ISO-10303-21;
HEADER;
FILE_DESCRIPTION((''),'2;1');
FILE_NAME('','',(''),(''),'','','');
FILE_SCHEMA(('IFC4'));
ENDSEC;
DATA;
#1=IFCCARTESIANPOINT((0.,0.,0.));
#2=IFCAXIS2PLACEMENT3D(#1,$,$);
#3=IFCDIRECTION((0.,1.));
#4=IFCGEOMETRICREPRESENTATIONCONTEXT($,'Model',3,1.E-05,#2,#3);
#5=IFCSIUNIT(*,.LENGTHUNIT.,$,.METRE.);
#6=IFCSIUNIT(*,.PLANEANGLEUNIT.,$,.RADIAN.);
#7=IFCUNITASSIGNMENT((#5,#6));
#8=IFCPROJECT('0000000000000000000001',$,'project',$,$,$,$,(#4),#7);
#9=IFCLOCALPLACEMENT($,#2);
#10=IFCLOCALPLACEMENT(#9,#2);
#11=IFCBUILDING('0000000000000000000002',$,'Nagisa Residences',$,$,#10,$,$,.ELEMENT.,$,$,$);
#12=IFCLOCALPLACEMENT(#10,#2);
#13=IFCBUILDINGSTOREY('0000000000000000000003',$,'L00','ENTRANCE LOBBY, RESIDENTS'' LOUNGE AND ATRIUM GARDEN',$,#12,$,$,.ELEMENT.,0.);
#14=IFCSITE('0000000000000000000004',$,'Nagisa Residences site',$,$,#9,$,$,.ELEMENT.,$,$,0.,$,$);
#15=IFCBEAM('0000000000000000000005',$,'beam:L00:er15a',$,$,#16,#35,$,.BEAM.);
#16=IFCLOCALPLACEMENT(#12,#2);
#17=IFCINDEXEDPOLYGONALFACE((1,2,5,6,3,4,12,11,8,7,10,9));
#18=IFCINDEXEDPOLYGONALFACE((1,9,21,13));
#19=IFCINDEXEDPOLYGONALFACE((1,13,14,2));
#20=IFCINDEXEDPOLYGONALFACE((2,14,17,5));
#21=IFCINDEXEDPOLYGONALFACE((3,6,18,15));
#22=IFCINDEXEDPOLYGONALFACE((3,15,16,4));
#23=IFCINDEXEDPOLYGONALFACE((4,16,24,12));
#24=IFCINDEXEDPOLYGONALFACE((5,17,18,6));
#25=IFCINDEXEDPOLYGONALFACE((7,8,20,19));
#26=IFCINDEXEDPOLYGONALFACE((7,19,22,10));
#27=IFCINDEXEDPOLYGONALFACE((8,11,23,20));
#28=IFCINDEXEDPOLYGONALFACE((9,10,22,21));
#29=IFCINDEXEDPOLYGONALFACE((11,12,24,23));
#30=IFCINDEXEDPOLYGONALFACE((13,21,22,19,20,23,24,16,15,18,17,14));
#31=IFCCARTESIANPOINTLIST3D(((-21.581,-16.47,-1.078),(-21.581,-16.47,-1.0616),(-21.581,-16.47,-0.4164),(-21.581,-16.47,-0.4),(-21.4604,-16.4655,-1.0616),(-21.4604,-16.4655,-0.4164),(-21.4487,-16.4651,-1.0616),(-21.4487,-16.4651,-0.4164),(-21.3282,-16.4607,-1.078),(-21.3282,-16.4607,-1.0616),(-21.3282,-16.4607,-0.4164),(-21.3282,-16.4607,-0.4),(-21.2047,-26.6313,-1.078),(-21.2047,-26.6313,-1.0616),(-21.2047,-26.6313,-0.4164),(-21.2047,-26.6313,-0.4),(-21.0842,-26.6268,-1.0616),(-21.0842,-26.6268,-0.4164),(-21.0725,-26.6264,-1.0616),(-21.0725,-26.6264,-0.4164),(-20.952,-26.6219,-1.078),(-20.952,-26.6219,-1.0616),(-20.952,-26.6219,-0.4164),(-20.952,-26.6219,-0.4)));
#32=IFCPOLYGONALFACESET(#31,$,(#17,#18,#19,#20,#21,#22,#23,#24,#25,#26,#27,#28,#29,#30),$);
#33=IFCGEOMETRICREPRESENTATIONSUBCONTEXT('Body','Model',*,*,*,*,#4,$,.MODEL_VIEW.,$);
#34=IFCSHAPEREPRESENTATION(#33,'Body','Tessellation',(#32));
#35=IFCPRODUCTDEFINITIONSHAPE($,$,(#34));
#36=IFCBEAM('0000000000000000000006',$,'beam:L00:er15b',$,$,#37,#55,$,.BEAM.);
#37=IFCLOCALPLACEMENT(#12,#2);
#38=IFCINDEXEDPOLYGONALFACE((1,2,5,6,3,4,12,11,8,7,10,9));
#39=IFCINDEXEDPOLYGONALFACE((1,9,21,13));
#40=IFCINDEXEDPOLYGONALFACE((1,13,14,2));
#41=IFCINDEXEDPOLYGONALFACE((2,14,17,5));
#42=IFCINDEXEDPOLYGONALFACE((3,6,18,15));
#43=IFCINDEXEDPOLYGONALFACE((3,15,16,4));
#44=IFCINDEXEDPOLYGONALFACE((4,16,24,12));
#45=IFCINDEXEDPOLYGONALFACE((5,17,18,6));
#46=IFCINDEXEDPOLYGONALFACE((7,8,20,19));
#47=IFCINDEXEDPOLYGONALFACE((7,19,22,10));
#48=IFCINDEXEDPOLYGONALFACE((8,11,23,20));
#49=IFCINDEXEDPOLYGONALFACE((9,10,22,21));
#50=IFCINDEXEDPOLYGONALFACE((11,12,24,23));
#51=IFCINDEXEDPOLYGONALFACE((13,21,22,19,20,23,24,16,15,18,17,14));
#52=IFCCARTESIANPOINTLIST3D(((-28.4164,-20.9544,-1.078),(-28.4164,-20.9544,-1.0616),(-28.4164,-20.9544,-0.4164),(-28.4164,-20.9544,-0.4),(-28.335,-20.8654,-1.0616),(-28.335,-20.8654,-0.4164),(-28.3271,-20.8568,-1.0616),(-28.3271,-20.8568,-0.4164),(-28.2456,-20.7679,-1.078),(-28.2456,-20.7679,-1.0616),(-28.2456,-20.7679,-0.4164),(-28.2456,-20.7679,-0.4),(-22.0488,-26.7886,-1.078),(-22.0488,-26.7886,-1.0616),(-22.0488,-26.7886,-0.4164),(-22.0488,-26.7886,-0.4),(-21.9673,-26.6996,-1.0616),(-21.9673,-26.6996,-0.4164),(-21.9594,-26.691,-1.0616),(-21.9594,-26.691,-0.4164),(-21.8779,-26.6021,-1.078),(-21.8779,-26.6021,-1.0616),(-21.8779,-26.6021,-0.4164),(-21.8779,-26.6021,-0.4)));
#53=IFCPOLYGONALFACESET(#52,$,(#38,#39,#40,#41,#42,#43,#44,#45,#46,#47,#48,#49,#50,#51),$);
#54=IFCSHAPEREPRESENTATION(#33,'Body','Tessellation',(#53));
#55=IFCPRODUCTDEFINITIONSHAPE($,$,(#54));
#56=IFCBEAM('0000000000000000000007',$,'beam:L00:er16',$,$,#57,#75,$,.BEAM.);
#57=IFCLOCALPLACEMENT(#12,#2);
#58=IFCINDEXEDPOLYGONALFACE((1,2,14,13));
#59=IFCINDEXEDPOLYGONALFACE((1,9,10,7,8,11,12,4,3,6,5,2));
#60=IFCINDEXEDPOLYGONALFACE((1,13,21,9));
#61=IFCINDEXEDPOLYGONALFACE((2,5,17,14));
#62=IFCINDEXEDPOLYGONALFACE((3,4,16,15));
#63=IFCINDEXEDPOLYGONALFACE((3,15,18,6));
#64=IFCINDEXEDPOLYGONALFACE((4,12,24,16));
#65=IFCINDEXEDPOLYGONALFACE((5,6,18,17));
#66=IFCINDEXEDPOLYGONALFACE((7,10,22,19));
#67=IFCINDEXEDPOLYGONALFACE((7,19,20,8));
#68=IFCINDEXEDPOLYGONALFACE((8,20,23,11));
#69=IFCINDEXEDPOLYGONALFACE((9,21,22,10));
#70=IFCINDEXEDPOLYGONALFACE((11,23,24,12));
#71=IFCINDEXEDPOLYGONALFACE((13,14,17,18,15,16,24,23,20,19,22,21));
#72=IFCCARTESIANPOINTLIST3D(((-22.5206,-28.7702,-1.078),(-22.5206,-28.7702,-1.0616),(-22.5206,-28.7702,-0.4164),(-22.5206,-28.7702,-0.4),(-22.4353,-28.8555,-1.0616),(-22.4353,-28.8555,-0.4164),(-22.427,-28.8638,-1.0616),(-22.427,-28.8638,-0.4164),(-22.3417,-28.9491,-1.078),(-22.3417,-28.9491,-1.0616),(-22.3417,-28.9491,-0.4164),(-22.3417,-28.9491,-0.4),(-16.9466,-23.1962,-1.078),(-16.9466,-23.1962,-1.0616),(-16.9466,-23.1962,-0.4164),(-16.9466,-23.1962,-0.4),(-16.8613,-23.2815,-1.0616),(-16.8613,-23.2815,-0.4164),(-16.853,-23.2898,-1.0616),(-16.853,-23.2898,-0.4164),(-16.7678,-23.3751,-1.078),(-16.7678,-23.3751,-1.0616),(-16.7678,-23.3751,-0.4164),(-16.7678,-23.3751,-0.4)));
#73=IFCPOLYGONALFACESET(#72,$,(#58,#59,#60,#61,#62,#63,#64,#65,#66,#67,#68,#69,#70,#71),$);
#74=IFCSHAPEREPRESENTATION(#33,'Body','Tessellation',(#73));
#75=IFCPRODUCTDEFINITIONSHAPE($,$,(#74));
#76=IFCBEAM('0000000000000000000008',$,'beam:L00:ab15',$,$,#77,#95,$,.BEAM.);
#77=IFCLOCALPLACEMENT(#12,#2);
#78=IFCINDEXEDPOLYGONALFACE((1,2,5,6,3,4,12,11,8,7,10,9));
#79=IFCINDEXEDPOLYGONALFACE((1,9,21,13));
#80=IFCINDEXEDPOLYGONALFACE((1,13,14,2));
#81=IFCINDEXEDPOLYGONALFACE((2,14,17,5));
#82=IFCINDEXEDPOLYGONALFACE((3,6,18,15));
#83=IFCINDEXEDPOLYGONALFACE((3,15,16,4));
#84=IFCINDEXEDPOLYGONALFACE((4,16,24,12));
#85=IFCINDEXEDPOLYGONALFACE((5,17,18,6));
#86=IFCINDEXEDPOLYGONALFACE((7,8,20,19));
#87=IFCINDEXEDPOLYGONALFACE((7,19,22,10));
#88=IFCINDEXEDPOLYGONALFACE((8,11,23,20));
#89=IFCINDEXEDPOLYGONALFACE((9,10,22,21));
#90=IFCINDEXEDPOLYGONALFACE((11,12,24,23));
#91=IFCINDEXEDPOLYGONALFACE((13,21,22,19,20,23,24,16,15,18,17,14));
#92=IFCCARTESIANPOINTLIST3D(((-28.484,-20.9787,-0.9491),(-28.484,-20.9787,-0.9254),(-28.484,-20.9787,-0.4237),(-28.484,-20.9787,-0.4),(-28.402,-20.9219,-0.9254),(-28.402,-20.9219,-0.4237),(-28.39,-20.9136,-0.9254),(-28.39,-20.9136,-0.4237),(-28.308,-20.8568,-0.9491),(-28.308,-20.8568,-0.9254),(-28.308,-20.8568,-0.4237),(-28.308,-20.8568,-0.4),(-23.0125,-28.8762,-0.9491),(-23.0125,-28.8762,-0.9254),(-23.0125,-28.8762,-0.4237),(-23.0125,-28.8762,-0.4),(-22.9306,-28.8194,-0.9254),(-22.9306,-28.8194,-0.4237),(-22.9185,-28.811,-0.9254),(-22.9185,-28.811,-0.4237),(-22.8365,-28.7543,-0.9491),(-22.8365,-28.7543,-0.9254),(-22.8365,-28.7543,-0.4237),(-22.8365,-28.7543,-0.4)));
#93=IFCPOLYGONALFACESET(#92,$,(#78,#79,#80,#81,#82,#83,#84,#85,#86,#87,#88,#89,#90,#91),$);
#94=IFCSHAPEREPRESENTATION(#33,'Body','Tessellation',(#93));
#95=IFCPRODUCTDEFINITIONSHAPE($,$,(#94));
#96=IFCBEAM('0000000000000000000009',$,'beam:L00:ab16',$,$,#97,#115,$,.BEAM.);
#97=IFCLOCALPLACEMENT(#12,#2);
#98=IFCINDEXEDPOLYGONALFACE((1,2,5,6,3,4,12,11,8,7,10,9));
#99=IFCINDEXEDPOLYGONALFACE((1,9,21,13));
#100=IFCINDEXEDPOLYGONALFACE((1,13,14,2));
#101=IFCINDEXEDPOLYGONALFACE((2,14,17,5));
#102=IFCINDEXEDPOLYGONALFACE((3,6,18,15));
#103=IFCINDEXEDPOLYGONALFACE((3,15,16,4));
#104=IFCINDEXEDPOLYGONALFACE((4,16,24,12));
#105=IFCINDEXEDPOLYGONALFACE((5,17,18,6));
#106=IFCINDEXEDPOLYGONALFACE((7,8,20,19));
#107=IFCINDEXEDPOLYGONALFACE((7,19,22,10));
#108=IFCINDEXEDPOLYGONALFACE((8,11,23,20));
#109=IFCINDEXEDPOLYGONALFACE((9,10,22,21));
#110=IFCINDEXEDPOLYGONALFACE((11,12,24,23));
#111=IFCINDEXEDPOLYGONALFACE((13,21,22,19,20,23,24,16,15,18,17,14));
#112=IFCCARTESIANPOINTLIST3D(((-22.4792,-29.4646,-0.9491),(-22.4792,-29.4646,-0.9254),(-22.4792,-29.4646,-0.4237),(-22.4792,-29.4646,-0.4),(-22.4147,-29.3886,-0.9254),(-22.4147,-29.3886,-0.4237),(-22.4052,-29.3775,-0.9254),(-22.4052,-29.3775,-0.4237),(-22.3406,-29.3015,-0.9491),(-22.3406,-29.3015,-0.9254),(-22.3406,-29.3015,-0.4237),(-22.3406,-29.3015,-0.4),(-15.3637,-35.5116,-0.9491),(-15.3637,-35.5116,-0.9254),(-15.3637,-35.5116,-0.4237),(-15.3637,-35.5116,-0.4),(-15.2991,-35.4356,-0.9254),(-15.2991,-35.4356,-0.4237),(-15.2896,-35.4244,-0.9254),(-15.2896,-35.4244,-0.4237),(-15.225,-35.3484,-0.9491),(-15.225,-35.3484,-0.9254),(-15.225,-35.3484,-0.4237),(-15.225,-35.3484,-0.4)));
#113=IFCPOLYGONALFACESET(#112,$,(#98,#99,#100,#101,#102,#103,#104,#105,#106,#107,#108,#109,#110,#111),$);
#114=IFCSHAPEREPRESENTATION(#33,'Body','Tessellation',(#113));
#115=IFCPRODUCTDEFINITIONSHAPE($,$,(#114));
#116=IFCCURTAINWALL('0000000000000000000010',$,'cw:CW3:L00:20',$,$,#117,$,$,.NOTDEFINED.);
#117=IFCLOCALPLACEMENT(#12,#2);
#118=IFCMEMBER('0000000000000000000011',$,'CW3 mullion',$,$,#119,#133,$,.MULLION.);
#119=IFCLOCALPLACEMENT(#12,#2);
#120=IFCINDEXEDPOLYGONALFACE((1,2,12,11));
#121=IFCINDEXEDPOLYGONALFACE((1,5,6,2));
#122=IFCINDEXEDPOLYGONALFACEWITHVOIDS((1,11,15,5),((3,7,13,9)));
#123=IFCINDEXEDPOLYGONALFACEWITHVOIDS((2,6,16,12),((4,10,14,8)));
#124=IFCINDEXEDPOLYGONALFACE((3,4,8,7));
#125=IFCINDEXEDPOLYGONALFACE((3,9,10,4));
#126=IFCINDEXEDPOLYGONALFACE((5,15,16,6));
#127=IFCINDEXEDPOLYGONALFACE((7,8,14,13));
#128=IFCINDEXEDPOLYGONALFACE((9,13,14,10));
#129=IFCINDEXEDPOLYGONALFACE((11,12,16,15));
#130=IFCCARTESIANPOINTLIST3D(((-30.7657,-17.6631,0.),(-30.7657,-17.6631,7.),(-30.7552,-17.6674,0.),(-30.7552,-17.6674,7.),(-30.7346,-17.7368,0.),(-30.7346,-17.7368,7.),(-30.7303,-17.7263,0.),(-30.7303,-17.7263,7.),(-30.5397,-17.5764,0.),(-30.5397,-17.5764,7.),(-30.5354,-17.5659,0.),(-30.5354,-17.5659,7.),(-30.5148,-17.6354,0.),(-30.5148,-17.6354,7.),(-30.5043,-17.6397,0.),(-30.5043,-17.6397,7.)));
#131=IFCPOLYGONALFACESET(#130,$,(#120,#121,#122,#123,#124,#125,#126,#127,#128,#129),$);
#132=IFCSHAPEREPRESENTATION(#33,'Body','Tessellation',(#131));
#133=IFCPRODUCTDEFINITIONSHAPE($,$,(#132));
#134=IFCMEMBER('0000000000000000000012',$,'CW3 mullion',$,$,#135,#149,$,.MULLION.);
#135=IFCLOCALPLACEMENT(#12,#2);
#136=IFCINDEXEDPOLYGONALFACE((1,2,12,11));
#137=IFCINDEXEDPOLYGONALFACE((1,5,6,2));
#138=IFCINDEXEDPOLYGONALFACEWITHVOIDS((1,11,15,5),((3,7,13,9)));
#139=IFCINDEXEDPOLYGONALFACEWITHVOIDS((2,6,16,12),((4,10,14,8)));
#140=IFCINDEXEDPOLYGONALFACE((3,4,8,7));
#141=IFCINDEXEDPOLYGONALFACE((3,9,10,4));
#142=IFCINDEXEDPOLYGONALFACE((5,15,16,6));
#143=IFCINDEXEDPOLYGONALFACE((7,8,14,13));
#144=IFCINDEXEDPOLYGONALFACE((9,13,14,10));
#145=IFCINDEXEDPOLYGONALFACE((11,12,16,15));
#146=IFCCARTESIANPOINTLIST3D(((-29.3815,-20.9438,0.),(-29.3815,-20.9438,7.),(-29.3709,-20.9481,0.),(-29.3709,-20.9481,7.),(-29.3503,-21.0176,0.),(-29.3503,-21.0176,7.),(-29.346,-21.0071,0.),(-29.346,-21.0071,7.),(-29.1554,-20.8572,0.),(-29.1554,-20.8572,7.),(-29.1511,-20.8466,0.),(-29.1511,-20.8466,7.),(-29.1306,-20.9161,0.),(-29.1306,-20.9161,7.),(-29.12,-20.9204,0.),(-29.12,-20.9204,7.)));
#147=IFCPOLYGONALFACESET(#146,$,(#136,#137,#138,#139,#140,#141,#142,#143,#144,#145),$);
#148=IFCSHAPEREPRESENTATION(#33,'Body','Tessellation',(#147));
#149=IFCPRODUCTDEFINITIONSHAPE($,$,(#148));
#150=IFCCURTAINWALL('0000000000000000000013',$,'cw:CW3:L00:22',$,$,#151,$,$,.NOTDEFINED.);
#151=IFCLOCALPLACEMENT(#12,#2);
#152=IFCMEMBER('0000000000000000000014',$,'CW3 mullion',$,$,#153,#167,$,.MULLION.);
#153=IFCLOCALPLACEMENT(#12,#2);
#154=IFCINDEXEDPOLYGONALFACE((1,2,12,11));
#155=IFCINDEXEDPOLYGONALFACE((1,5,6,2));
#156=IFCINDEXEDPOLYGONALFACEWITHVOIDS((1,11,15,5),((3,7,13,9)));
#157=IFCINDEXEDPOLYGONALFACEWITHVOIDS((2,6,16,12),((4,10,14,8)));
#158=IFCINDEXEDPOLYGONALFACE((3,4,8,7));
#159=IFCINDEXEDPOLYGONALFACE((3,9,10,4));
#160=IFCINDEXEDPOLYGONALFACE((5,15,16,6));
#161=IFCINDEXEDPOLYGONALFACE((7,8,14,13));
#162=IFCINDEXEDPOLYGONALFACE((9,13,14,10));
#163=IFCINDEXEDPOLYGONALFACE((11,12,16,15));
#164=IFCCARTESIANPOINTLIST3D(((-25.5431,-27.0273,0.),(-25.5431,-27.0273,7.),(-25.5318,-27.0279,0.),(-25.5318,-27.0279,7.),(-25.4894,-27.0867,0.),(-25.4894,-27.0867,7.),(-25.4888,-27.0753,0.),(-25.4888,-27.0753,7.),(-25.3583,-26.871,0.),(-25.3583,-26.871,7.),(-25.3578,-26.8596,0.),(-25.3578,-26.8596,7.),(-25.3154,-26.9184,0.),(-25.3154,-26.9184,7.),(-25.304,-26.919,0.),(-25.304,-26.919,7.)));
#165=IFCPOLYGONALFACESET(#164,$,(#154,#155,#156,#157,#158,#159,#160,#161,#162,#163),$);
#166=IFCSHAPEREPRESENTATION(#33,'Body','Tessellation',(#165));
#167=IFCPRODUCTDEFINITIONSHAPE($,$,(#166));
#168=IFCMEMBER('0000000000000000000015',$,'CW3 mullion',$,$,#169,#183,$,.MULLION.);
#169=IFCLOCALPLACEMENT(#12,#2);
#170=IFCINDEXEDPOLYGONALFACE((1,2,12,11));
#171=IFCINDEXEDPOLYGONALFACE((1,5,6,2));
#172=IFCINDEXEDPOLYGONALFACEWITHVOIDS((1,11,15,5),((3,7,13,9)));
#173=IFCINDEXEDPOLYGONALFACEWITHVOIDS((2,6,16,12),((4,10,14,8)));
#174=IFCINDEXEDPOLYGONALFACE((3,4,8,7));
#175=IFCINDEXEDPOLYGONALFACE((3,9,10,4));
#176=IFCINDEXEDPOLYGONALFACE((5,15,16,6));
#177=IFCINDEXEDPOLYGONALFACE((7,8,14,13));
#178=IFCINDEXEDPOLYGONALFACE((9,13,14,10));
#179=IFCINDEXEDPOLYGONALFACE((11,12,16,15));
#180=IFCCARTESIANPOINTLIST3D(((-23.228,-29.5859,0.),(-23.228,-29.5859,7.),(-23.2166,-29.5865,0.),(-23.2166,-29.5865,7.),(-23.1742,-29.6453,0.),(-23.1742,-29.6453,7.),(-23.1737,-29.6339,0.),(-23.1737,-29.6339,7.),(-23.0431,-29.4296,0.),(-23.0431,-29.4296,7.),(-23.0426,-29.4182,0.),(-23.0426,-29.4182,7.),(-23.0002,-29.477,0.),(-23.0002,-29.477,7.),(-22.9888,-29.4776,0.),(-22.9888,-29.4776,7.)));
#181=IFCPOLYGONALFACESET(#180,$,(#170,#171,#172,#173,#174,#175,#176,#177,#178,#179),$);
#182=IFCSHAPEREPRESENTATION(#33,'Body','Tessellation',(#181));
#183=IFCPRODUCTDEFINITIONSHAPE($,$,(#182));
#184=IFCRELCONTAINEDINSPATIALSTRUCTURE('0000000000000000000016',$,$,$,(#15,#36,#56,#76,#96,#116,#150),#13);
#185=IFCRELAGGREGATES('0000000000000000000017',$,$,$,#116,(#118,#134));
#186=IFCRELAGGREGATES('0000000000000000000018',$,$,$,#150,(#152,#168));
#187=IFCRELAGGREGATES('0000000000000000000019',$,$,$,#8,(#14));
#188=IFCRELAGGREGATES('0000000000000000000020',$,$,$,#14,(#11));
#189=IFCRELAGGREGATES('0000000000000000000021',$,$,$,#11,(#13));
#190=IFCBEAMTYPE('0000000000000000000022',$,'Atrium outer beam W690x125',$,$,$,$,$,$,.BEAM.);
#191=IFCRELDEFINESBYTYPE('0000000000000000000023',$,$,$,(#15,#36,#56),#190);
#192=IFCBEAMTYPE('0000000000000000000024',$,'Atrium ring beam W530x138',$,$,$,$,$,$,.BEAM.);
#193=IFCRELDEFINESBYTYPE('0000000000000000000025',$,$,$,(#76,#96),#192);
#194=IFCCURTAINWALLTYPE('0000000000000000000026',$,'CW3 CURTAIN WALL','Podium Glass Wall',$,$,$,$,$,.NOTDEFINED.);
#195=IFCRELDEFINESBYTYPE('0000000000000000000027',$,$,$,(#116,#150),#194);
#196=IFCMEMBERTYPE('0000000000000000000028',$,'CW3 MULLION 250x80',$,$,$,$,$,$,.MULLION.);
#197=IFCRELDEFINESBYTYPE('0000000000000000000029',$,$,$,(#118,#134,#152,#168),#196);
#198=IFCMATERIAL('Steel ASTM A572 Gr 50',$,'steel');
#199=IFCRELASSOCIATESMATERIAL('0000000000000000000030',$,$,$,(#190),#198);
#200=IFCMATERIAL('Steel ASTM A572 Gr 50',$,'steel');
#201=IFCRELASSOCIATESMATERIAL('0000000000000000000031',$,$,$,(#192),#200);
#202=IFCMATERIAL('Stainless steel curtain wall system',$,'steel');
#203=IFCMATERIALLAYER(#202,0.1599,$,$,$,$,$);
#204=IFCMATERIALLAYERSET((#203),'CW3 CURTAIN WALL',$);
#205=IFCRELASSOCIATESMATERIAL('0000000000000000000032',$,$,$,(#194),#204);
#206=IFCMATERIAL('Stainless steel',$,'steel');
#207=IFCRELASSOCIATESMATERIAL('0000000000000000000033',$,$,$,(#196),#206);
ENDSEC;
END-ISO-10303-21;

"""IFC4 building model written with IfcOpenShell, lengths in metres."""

from ifc_helpers import new_model, si_unit, direction, frame, origin, origin_2d, place, context, subcontext, project, spatial, hollow_rectangle, i_section, extrude, material, layer, layer_set, material_profile, profile_set, type_object, element, aggregate, save


model = new_model("IFC4")

# Units and contexts
model_context = context("Model", 3, precision=1e-05, world=origin(), true_north=direction((0.0, 1.0)))
body_context = subcontext(model_context, "Body", "Model", "MODEL_VIEW")
ifc_project = project(units=[si_unit("LENGTHUNIT", "METRE"), si_unit("PLANEANGLEUNIT", "RADIAN")], contexts=[model_context])

# Site, building, storey
site_placement = place(None, origin())
site = spatial("IfcSite", under=ifc_project, at=site_placement, Name="Nagisa Residences site", CompositionType="ELEMENT", RefElevation=0.0)
building_placement = place(site_placement, origin())
building = spatial("IfcBuilding", under=site, at=building_placement, Name="Nagisa Residences", CompositionType="ELEMENT")
storey_placement = place(building_placement, origin())
storey = spatial("IfcBuildingStorey", under=building, at=storey_placement, Name="L00", Description="ENTRANCE LOBBY, RESIDENTS' LOUNGE AND ATRIUM GARDEN", CompositionType="ELEMENT", Elevation=0.0)

# Beams
ifc_material_1 = material(Name="Steel ASTM A572 Gr 50", Category="steel")
ifc_material_profile_1 = material_profile(ifc_material_1, i_section(OverallWidth=0.2529, OverallDepth=0.678, WebThickness=0.0117, FlangeThickness=0.0164, at=origin_2d()), Name="W690x125")
ifc_profile_set_1 = profile_set([ifc_material_profile_1], Name="Steel ASTM A572 Gr 50")
beam_type_1 = type_object("IfcBeamType", Name="Atrium outer beam W690x125", PredefinedType="BEAM", material=ifc_profile_set_1)
beam_1_placement = place(storey_placement, frame((-21.4546, -16.4653, -0.739), z_axis=(0.037, -0.999315, 0.0), x_axis=(0.999315, 0.037, 0.0)))
element("IfcBeam", 1, at=beam_1_placement, inside=storey, type_object=beam_type_1, Name="beam:L00:er15a", PredefinedType="BEAM", context=body_context, shape_type="SweptSolid", body=[
    extrude(i_section(OverallWidth=0.2529, OverallDepth=0.678, WebThickness=0.0117, FlangeThickness=0.0164, at=origin_2d()), origin(), (0.0, 0.0, 1.0), 10.1682),
])
beam_2_placement = place(storey_placement, frame((-21.9634, -26.6953, -0.739), z_axis=(-0.737316, 0.675548, 0.0), x_axis=(-0.675548, -0.737316, 0.0)))
element("IfcBeam", 2, at=beam_2_placement, inside=storey, type_object=beam_type_1, Name="beam:L00:er15b", PredefinedType="BEAM", context=body_context, shape_type="SweptSolid", body=[
    extrude(i_section(OverallWidth=0.2529, OverallDepth=0.678, WebThickness=0.0117, FlangeThickness=0.0164, at=origin_2d()), origin(), (0.0, 0.0, 1.0), 8.6362),
])
beam_3_placement = place(storey_placement, frame((-16.8572, -23.2856, -0.739), z_axis=(-0.707107, -0.707107, 0.0), x_axis=(0.707107, -0.707107, 0.0)))
element("IfcBeam", 3, at=beam_3_placement, inside=storey, type_object=beam_type_1, Name="beam:L00:er16", PredefinedType="BEAM", context=body_context, shape_type="SweptSolid", body=[
    extrude(i_section(OverallWidth=0.2529, OverallDepth=0.678, WebThickness=0.0117, FlangeThickness=0.0164, at=origin_2d()), origin(), (0.0, 0.0, 1.0), 7.8828),
])
ifc_material_2 = material(Name="Steel ASTM A572 Gr 50", Category="steel")
ifc_material_profile_2 = material_profile(ifc_material_2, i_section(OverallWidth=0.2141, OverallDepth=0.5491, WebThickness=0.0146, FlangeThickness=0.0237, at=origin_2d()), Name="W530x138")
ifc_profile_set_2 = profile_set([ifc_material_profile_2], Name="Steel ASTM A572 Gr 50")
beam_type_2 = type_object("IfcBeamType", Name="Atrium ring beam W530x138", PredefinedType="BEAM", material=ifc_profile_set_2)
beam_4_placement = place(storey_placement, frame((-28.396, -20.9177, -0.6746), z_axis=(0.569489, -0.821999, 0.0), x_axis=(0.821999, 0.569489, 0.0)))
element("IfcBeam", 4, at=beam_4_placement, inside=storey, type_object=beam_type_2, Name="beam:L00:ab15", PredefinedType="BEAM", context=body_context, shape_type="SweptSolid", body=[
    extrude(i_section(OverallWidth=0.2141, OverallDepth=0.5491, WebThickness=0.0146, FlangeThickness=0.0237, at=origin_2d()), origin(), (0.0, 0.0, 1.0), 9.6077),
])
beam_5_placement = place(storey_placement, frame((-22.4099, -29.3831, -0.6746), z_axis=(0.762007, -0.647569, 0.0), x_axis=(0.647569, 0.762007, 0.0)))
element("IfcBeam", 5, at=beam_5_placement, inside=storey, type_object=beam_type_2, Name="beam:L00:ab16", PredefinedType="BEAM", context=body_context, shape_type="SweptSolid", body=[
    extrude(i_section(OverallWidth=0.2141, OverallDepth=0.5491, WebThickness=0.0146, FlangeThickness=0.0237, at=origin_2d()), origin(), (0.0, 0.0, 1.0), 9.3379),
])

# Curtain walls, members
ifc_material_3 = material(Name="Stainless steel curtain wall system", Category="steel")
ifc_layer_1 = layer(ifc_material_3, 0.1599)
ifc_layer_set_1 = layer_set([ifc_layer_1], Name="CW3 CURTAIN WALL")
curtain_wall_type = type_object("IfcCurtainWallType", Name="CW3 CURTAIN WALL", Description="Podium Glass Wall", PredefinedType="NOTDEFINED", material=ifc_layer_set_1)
curtain_wall_1_placement = place(storey_placement, origin())
curtain_wall_1 = element("IfcCurtainWall", 6, at=curtain_wall_1_placement, inside=storey, type_object=curtain_wall_type, Name="cw:CW3:L00:20", PredefinedType="NOTDEFINED")
ifc_material_4 = material(Name="Stainless steel", Category="steel")
ifc_material_profile_3 = material_profile(ifc_material_4, hollow_rectangle(XDim=0.25, YDim=0.0801, WallThickness=0.0081, at=origin_2d()), Name="CW3 MULLION 250x80")
ifc_profile_set_3 = profile_set([ifc_material_profile_3], Name="Stainless steel")
member_type_1 = type_object("IfcMemberType", Name="CW3 MULLION 250x80", PredefinedType="MULLION", material=ifc_profile_set_3)
member_1_placement = place(storey_placement, frame((-30.635, -17.6514, 0.0), z_axis=(0.0, 0.0, 1.0), x_axis=(0.921357, 0.388718, 0.0)))
member_1 = element("IfcMember", 7, at=member_1_placement, type_object=member_type_1, Name="CW3 mullion", PredefinedType="MULLION", context=body_context, shape_type="SweptSolid", body=[
    extrude(hollow_rectangle(XDim=0.25, YDim=0.0801, WallThickness=0.0081, at=origin_2d()), origin(), (0.0, 0.0, 1.0), 7.0),
])
member_2_placement = place(storey_placement, frame((-29.2507, -20.9321, 0.0), z_axis=(0.0, 0.0, 1.0), x_axis=(0.921357, 0.388718, 0.0)))
member_2 = element("IfcMember", 8, at=member_2_placement, type_object=member_type_1, Name="CW3 mullion", PredefinedType="MULLION", context=body_context, shape_type="SweptSolid", body=[
    extrude(hollow_rectangle(XDim=0.25, YDim=0.0801, WallThickness=0.0081, at=origin_2d()), origin(), (0.0, 0.0, 1.0), 7.0),
])
curtain_wall_2_placement = place(storey_placement, origin())
curtain_wall_2 = element("IfcCurtainWall", 9, at=curtain_wall_2_placement, inside=storey, type_object=curtain_wall_type, Name="cw:CW3:L00:22", PredefinedType="NOTDEFINED")
member_3_placement = place(storey_placement, frame((-25.4236, -26.9731, 0.0), z_axis=(0.0, 0.0, 1.0), x_axis=(0.741536, 0.670913, 0.0)))
member_3 = element("IfcMember", 10, at=member_3_placement, type_object=member_type_1, Name="CW3 mullion", PredefinedType="MULLION", context=body_context, shape_type="SweptSolid", body=[
    extrude(hollow_rectangle(XDim=0.25, YDim=0.0801, WallThickness=0.0081, at=origin_2d()), origin(), (0.0, 0.0, 1.0), 7.0),
])
member_4_placement = place(storey_placement, frame((-23.1084, -29.5317, 0.0), z_axis=(0.0, 0.0, 1.0), x_axis=(0.741536, 0.670913, 0.0)))
member_4 = element("IfcMember", 11, at=member_4_placement, type_object=member_type_1, Name="CW3 mullion", PredefinedType="MULLION", context=body_context, shape_type="SweptSolid", body=[
    extrude(hollow_rectangle(XDim=0.25, YDim=0.0801, WallThickness=0.0081, at=origin_2d()), origin(), (0.0, 0.0, 1.0), 7.0),
])

aggregate(curtain_wall_1, [member_1, member_2])
aggregate(curtain_wall_2, [member_3, member_4])

save(model, "model.ifc")
